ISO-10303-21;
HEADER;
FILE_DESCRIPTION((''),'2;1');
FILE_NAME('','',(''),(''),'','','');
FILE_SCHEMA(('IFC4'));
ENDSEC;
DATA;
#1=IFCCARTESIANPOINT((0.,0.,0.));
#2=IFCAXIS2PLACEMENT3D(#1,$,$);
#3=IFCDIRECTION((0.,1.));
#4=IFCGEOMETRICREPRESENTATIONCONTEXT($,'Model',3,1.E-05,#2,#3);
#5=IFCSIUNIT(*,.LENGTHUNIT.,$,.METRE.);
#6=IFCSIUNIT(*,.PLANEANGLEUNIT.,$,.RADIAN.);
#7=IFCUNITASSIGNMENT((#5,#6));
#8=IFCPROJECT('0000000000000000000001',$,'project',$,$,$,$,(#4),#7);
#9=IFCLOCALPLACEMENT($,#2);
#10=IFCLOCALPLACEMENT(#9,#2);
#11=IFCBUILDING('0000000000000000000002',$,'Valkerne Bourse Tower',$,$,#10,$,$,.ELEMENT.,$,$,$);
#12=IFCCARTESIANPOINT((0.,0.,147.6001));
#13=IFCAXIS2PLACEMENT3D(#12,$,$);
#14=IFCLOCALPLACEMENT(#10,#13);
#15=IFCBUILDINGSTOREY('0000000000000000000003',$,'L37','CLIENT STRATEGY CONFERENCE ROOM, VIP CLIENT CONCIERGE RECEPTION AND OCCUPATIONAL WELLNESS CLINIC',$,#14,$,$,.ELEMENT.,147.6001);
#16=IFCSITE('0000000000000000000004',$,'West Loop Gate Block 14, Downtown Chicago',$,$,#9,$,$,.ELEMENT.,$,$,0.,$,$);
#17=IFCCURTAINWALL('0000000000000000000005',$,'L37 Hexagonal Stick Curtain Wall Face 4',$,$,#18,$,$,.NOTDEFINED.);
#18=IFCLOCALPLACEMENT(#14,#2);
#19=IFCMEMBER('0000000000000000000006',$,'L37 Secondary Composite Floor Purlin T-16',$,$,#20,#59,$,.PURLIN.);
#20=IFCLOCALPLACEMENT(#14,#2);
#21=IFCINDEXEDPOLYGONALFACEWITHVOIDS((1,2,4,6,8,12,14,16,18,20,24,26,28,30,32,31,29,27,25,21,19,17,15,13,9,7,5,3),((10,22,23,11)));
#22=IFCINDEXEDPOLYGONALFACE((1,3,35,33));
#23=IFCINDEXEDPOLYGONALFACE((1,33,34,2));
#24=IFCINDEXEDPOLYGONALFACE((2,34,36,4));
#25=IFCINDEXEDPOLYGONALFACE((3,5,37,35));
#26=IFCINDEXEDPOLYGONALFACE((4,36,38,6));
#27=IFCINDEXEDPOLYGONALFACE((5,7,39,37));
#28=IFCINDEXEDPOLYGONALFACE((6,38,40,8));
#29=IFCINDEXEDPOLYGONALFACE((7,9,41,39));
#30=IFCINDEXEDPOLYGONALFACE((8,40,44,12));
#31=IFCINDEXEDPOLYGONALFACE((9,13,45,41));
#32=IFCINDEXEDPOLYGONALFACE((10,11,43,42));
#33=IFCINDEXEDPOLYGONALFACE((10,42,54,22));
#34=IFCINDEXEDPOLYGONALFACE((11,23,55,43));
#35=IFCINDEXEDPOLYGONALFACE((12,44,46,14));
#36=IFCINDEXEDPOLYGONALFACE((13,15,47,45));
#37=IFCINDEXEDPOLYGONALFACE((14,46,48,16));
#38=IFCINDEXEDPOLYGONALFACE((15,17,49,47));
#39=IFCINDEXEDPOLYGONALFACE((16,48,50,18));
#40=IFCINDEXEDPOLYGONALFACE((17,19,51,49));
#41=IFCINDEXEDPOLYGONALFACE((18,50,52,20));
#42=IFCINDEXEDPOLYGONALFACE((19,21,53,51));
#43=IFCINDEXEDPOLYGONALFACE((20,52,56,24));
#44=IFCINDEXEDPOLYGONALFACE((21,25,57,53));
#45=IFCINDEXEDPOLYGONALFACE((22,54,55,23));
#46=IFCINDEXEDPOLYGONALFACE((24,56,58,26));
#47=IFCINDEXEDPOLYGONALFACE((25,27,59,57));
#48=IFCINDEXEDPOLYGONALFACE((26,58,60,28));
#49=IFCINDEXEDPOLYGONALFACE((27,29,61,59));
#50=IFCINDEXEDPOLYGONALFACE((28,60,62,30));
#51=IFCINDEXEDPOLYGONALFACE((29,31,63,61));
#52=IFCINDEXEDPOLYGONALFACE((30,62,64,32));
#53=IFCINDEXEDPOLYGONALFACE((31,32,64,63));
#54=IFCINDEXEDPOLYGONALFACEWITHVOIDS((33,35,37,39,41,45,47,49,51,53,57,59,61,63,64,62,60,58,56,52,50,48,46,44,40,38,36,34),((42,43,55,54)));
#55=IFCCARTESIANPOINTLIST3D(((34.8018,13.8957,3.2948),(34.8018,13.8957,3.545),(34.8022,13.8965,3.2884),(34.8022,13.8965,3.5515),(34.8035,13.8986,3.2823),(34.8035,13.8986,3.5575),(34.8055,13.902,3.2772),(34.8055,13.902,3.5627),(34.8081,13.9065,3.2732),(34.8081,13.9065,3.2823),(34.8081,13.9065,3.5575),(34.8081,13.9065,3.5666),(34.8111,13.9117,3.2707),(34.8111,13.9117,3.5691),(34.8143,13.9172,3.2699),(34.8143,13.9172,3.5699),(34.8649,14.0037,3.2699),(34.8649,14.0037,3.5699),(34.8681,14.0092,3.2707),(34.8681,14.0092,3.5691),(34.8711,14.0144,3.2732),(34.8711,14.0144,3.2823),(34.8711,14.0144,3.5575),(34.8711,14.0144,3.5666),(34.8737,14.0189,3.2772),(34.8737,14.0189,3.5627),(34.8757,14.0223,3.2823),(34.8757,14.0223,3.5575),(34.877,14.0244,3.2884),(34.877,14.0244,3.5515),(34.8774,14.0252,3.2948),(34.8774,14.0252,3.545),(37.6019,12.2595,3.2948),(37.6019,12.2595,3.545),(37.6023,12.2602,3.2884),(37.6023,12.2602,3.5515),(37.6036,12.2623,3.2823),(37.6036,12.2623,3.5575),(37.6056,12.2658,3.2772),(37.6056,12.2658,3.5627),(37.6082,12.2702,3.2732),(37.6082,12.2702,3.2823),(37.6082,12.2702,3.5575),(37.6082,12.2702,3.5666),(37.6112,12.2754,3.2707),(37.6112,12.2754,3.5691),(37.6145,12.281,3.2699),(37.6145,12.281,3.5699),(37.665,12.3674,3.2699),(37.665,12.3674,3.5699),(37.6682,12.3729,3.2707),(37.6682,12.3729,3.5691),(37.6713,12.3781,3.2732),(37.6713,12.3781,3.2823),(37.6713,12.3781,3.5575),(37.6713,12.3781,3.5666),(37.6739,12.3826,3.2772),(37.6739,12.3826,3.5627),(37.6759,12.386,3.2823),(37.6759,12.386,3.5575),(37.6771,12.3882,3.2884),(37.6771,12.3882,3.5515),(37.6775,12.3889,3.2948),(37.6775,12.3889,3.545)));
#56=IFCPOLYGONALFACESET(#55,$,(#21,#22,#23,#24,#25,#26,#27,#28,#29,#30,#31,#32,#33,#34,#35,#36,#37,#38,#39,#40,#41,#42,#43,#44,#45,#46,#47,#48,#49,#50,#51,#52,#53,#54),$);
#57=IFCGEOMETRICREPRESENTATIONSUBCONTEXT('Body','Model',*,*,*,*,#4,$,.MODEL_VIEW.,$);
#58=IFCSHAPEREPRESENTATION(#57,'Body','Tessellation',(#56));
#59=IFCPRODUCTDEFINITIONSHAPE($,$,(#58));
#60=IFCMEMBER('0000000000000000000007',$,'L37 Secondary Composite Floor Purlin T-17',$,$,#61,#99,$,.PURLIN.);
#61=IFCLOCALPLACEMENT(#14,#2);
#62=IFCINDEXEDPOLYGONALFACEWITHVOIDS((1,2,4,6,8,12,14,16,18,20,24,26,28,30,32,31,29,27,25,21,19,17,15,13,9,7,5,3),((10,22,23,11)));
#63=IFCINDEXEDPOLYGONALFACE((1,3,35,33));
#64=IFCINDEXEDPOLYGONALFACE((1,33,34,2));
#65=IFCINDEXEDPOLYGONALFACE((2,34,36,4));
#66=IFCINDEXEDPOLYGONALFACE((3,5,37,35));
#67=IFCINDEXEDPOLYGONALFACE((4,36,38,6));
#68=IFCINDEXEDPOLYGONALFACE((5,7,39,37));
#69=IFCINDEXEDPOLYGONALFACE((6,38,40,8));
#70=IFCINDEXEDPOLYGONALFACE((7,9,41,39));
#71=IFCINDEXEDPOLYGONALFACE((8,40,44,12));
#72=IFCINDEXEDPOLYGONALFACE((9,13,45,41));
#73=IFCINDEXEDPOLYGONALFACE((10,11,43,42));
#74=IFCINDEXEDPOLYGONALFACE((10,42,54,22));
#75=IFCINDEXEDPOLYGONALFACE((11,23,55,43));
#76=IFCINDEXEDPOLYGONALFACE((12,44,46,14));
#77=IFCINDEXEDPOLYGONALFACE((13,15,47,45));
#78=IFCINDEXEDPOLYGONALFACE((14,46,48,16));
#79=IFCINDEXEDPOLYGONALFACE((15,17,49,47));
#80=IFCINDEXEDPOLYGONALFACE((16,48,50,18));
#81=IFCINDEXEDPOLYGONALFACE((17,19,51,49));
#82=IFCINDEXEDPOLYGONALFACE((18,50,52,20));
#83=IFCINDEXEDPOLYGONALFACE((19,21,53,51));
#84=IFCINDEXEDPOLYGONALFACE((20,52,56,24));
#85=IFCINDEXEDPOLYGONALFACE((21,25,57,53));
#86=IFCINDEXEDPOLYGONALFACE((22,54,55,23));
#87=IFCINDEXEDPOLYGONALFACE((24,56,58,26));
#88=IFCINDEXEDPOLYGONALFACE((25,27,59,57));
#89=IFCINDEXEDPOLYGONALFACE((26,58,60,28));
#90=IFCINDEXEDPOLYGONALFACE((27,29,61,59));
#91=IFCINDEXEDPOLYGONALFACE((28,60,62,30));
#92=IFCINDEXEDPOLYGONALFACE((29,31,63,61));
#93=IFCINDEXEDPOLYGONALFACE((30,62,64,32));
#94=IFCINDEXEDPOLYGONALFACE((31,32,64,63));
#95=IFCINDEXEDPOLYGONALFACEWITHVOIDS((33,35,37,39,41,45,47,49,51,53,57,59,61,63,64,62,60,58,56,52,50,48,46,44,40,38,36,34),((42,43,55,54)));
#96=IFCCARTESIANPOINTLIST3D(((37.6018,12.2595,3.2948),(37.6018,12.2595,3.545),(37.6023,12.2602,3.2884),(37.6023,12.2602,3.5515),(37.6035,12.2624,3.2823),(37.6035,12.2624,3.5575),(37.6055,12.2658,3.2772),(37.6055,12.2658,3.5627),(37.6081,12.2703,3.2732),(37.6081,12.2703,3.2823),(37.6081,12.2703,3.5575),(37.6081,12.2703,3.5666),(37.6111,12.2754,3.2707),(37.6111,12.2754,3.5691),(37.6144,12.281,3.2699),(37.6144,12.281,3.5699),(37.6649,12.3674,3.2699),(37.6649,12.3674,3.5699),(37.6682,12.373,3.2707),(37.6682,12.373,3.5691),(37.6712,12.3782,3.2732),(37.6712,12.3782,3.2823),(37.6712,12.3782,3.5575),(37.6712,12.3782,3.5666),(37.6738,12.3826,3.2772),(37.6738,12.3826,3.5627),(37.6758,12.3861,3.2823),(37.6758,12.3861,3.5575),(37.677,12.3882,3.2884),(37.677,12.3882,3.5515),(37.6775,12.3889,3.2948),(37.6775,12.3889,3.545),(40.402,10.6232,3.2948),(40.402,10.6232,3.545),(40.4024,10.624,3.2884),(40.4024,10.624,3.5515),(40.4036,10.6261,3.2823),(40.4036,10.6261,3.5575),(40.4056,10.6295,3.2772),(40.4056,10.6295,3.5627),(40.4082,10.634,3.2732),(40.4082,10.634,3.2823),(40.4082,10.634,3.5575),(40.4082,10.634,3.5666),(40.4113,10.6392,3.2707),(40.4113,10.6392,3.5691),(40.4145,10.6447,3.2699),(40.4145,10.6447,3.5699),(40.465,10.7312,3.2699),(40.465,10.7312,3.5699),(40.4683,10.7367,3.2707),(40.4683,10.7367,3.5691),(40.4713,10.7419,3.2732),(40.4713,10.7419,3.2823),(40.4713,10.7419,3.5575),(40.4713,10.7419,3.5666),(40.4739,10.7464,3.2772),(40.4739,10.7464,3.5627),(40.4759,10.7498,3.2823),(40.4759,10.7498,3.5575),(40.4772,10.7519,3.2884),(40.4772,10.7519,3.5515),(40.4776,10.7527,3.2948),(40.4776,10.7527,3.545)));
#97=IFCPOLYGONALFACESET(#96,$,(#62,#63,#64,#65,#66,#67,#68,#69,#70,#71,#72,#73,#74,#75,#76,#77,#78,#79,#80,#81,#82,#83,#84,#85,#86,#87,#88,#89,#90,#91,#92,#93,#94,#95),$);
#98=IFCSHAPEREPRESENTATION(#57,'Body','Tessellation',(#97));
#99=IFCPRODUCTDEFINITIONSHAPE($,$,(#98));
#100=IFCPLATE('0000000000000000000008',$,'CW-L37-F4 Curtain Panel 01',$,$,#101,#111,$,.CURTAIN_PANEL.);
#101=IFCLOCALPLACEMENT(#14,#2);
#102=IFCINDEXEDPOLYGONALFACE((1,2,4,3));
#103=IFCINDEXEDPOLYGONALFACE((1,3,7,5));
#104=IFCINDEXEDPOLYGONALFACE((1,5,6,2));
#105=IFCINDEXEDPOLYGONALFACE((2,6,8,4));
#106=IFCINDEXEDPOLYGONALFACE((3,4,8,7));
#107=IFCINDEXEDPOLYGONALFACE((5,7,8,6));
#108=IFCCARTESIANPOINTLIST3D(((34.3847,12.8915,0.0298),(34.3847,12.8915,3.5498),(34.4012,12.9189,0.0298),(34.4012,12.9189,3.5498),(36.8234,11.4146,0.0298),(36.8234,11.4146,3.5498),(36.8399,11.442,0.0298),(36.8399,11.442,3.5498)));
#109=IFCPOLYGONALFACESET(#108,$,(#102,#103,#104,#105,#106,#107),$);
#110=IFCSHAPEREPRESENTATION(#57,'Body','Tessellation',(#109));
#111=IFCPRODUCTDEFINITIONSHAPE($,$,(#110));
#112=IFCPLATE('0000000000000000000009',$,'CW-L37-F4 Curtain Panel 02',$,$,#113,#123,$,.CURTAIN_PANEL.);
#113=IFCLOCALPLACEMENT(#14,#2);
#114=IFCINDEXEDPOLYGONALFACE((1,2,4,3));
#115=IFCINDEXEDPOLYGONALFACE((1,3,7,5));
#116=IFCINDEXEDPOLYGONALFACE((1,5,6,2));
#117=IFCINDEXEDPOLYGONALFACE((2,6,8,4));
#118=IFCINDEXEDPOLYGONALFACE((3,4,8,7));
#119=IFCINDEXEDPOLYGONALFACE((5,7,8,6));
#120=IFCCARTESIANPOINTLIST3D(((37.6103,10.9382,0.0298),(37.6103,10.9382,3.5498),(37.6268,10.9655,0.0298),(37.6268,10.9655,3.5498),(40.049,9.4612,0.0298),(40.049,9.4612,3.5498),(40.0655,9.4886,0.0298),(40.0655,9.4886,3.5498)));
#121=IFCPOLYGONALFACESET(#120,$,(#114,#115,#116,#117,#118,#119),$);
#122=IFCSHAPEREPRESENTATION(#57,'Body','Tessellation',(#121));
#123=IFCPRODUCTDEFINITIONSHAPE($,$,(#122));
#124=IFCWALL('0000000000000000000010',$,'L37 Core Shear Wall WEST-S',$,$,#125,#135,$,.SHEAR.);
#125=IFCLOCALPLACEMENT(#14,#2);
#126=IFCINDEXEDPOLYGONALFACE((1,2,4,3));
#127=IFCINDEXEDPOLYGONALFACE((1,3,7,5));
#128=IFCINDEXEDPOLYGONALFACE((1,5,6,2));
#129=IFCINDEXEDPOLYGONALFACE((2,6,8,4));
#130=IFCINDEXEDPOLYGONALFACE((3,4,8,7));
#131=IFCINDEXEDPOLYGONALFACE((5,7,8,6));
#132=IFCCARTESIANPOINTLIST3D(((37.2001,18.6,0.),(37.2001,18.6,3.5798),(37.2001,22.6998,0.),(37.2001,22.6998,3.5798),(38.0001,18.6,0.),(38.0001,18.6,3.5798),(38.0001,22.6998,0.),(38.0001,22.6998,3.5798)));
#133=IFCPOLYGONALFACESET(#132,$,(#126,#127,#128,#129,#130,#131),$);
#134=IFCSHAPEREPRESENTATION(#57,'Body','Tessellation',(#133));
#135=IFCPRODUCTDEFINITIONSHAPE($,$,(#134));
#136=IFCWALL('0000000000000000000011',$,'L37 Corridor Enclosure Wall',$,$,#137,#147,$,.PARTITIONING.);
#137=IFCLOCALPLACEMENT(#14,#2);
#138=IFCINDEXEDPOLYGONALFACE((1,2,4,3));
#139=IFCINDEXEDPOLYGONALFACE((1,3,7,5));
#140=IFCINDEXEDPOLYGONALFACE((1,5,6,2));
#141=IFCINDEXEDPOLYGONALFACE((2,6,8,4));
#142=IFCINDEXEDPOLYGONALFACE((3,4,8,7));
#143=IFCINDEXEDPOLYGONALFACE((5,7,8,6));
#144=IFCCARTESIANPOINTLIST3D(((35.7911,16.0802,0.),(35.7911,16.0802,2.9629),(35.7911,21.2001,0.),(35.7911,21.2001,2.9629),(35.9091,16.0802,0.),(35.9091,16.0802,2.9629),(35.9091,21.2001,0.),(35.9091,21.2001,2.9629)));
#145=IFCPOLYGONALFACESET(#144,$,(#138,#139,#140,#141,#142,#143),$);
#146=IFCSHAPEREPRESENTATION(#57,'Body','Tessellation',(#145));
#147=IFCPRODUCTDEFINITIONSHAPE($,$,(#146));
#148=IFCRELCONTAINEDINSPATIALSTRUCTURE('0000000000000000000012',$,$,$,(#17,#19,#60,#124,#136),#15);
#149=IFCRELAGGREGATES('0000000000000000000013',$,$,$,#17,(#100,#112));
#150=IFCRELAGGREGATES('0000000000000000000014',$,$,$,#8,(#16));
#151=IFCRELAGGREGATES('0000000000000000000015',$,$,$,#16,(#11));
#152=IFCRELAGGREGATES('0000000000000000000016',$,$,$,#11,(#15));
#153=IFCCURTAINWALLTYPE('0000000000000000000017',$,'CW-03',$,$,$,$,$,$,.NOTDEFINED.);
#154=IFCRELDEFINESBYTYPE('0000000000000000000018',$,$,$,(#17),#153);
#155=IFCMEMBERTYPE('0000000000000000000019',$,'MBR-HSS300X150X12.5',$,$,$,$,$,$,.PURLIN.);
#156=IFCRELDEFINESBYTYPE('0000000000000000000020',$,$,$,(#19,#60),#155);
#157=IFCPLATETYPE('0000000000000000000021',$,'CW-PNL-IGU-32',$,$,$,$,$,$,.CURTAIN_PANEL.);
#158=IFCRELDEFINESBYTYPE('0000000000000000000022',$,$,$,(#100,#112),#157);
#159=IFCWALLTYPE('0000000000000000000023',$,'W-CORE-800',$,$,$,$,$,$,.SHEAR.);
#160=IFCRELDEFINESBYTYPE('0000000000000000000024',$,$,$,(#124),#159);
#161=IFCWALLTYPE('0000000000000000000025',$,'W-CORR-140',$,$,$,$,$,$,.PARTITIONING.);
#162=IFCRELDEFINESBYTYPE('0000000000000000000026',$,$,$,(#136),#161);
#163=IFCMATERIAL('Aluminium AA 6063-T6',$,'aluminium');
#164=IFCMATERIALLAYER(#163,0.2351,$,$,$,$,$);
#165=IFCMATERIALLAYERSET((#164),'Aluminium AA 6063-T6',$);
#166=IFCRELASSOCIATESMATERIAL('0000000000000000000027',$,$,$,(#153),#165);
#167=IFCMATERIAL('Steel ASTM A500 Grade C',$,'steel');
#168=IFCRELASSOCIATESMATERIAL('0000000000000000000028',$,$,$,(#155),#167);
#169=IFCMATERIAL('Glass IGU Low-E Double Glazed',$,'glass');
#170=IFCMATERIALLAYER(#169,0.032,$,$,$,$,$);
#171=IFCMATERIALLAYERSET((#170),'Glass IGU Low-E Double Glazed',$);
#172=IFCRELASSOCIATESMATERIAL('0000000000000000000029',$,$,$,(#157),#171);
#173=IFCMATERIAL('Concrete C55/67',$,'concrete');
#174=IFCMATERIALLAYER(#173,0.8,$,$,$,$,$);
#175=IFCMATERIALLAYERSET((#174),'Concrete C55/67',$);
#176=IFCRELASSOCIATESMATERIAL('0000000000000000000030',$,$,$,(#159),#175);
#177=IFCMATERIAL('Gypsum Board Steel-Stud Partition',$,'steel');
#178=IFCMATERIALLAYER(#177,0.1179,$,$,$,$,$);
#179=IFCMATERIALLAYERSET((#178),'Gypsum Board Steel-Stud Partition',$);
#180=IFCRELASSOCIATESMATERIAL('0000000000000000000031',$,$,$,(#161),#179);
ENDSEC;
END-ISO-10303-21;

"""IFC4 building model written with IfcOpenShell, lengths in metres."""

from ifc_helpers import new_model, si_unit, direction, frame, frame_2d, origin, origin_2d, place, context, subcontext, project, spatial, rectangle, hollow_rectangle, extrude, material, layer, layer_set, material_profile, profile_set, type_object, element, aggregate, save


model = new_model("IFC4")

# Units and contexts
model_context = context("Model", 3, precision=1e-05, world=origin(), true_north=direction((0.0, 1.0)))
body_context = subcontext(model_context, "Body", "Model", "MODEL_VIEW")
ifc_project = project(units=[si_unit("LENGTHUNIT", "METRE"), si_unit("PLANEANGLEUNIT", "RADIAN")], contexts=[model_context])

# Site, building, storey
site_placement = place(None, origin())
site = spatial("IfcSite", under=ifc_project, at=site_placement, Name="West Loop Gate Block 14, Downtown Chicago", CompositionType="ELEMENT", RefElevation=0.0)
building_placement = place(site_placement, origin())
building = spatial("IfcBuilding", under=site, at=building_placement, Name="Valkerne Bourse Tower", CompositionType="ELEMENT")
storey_placement = place(building_placement, frame((0.0, 0.0, 147.6001)))
storey = spatial("IfcBuildingStorey", under=building, at=storey_placement, Name="L37", Description="CLIENT STRATEGY CONFERENCE ROOM, VIP CLIENT CONCIERGE RECEPTION AND OCCUPATIONAL WELLNESS CLINIC", CompositionType="ELEMENT", Elevation=147.6001)

# Curtain wall
ifc_material_1 = material(Name="Aluminium AA 6063-T6", Category="aluminium")
ifc_layer_1 = layer(ifc_material_1, 0.2351)
ifc_layer_set_1 = layer_set([ifc_layer_1], Name="Aluminium AA 6063-T6")
curtain_wall_type = type_object("IfcCurtainWallType", Name="CW-03", PredefinedType="NOTDEFINED", material=ifc_layer_set_1)
curtain_wall_placement = place(storey_placement, origin())
curtain_wall = element("IfcCurtainWall", 1, at=curtain_wall_placement, inside=storey, type_object=curtain_wall_type, Name="L37 Hexagonal Stick Curtain Wall Face 4", PredefinedType="NOTDEFINED")

# Members
ifc_material_2 = material(Name="Steel ASTM A500 Grade C", Category="steel")
ifc_material_profile_1 = material_profile(ifc_material_2, hollow_rectangle(XDim=0.1499, YDim=0.3, WallThickness=0.0125, OuterFilletRadius=0.0249, at=origin_2d()), Name="HSS300X150X12.5")
ifc_profile_set_1 = profile_set([ifc_material_profile_1], Name="Steel ASTM A500 Grade C")
member_type_1 = type_object("IfcMemberType", Name="MBR-HSS300X150X12.5", PredefinedType="PURLIN", material=ifc_profile_set_1)
for number, where, z_axis, x_axis, name in (
    (2, (34.8396, 13.9604, 3.4199), (0.863394, -0.504531, 0.0), (0.504531, 0.863394, 0.0), "L37 Secondary Composite Floor Purlin T-16"),
    (3, (37.6396, 12.3242, 3.4199), (0.863394, -0.504531, 0.0), (0.504531, 0.863394, 0.0), "L37 Secondary Composite Floor Purlin T-17"),
):
    element("IfcMember", number, at=place(storey_placement, frame(where, z_axis=z_axis, x_axis=x_axis)), inside=storey, type_object=member_type_1, Name=name, PredefinedType="PURLIN", context=body_context, shape_type="SweptSolid", body=[
        extrude(hollow_rectangle(XDim=0.1499, YDim=0.3, WallThickness=0.0125, OuterFilletRadius=0.0249, at=origin_2d()), origin(), (0.0, 0.0, 1.0), 3.2432),
    ])

# Plates
ifc_material_3 = material(Name="Glass IGU Low-E Double Glazed", Category="glass")
ifc_layer_2 = layer(ifc_material_3, 0.032)
ifc_layer_set_2 = layer_set([ifc_layer_2], Name="Glass IGU Low-E Double Glazed")
plate_type = type_object("IfcPlateType", Name="CW-PNL-IGU-32", PredefinedType="CURTAIN_PANEL", material=ifc_layer_set_2)
plate_1_placement = place(storey_placement, frame((35.6123, 12.1667, 0.0298), z_axis=(0.0, 0.0, 1.0), x_axis=(0.855363, -0.518028, 0.0)))
plate_1 = element("IfcPlate", 4, at=plate_1_placement, type_object=plate_type, Name="CW-L37-F4 Curtain Panel 01", PredefinedType="CURTAIN_PANEL", context=body_context, shape_type="SweptSolid", body=[
    extrude(rectangle(XDim=2.8511, YDim=0.032, at=origin_2d()), origin(), (0.0, 0.0, 1.0), 3.52),
])
plate_2_placement = place(storey_placement, frame((38.8379, 10.2134, 0.0298), z_axis=(0.0, 0.0, 1.0), x_axis=(0.855363, -0.518028, 0.0)))
plate_2 = element("IfcPlate", 5, at=plate_2_placement, type_object=plate_type, Name="CW-L37-F4 Curtain Panel 02", PredefinedType="CURTAIN_PANEL", context=body_context, shape_type="SweptSolid", body=[
    extrude(rectangle(XDim=2.8511, YDim=0.032, at=origin_2d()), origin(), (0.0, 0.0, 1.0), 3.52),
])
aggregate(curtain_wall, [plate_1, plate_2])

# Shared definitions
ifc_material_4 = material(Name="Concrete C55/67", Category="concrete")
ifc_layer_3 = layer(ifc_material_4, 0.8)
ifc_layer_set_3 = layer_set([ifc_layer_3], Name="Concrete C55/67")
wall_type_1 = type_object("IfcWallType", Name="W-CORE-800", PredefinedType="SHEAR", material=ifc_layer_set_3)

# Walls
wall_1_placement = place(storey_placement, frame((37.6001, 18.6001, 0.0), z_axis=(0.0, 0.0, 1.0), x_axis=(0.0, 1.0, 0.0)))
element("IfcWall", 6, at=wall_1_placement, inside=storey, type_object=wall_type_1, Name="L37 Core Shear Wall WEST-S", PredefinedType="SHEAR", context=body_context, shape_type="SweptSolid", body=[
    extrude(rectangle(XDim=4.0999, YDim=0.8, at=frame_2d((2.0498, 0.0))), origin(), (0.0, 0.0, 1.0), 3.5798),
])
ifc_material_5 = material(Name="Gypsum Board Steel-Stud Partition", Category="steel")
ifc_layer_4 = layer(ifc_material_5, 0.1179)
ifc_layer_set_4 = layer_set([ifc_layer_4], Name="Gypsum Board Steel-Stud Partition")
wall_type_2 = type_object("IfcWallType", Name="W-CORR-140", PredefinedType="PARTITIONING", material=ifc_layer_set_4)
wall_2_placement = place(storey_placement, frame((35.8501, 16.0801, 0.0), z_axis=(0.0, 0.0, 1.0), x_axis=(0.0, 1.0, 0.0)))
element("IfcWall", 7, at=wall_2_placement, inside=storey, type_object=wall_type_2, Name="L37 Corridor Enclosure Wall", PredefinedType="PARTITIONING", context=body_context, shape_type="SweptSolid", body=[
    extrude(rectangle(XDim=5.1199, YDim=0.1179, at=frame_2d((2.5601, 0.0))), origin(), (0.0, 0.0, 1.0), 2.9629),
])

save(model, "model.ifc")
